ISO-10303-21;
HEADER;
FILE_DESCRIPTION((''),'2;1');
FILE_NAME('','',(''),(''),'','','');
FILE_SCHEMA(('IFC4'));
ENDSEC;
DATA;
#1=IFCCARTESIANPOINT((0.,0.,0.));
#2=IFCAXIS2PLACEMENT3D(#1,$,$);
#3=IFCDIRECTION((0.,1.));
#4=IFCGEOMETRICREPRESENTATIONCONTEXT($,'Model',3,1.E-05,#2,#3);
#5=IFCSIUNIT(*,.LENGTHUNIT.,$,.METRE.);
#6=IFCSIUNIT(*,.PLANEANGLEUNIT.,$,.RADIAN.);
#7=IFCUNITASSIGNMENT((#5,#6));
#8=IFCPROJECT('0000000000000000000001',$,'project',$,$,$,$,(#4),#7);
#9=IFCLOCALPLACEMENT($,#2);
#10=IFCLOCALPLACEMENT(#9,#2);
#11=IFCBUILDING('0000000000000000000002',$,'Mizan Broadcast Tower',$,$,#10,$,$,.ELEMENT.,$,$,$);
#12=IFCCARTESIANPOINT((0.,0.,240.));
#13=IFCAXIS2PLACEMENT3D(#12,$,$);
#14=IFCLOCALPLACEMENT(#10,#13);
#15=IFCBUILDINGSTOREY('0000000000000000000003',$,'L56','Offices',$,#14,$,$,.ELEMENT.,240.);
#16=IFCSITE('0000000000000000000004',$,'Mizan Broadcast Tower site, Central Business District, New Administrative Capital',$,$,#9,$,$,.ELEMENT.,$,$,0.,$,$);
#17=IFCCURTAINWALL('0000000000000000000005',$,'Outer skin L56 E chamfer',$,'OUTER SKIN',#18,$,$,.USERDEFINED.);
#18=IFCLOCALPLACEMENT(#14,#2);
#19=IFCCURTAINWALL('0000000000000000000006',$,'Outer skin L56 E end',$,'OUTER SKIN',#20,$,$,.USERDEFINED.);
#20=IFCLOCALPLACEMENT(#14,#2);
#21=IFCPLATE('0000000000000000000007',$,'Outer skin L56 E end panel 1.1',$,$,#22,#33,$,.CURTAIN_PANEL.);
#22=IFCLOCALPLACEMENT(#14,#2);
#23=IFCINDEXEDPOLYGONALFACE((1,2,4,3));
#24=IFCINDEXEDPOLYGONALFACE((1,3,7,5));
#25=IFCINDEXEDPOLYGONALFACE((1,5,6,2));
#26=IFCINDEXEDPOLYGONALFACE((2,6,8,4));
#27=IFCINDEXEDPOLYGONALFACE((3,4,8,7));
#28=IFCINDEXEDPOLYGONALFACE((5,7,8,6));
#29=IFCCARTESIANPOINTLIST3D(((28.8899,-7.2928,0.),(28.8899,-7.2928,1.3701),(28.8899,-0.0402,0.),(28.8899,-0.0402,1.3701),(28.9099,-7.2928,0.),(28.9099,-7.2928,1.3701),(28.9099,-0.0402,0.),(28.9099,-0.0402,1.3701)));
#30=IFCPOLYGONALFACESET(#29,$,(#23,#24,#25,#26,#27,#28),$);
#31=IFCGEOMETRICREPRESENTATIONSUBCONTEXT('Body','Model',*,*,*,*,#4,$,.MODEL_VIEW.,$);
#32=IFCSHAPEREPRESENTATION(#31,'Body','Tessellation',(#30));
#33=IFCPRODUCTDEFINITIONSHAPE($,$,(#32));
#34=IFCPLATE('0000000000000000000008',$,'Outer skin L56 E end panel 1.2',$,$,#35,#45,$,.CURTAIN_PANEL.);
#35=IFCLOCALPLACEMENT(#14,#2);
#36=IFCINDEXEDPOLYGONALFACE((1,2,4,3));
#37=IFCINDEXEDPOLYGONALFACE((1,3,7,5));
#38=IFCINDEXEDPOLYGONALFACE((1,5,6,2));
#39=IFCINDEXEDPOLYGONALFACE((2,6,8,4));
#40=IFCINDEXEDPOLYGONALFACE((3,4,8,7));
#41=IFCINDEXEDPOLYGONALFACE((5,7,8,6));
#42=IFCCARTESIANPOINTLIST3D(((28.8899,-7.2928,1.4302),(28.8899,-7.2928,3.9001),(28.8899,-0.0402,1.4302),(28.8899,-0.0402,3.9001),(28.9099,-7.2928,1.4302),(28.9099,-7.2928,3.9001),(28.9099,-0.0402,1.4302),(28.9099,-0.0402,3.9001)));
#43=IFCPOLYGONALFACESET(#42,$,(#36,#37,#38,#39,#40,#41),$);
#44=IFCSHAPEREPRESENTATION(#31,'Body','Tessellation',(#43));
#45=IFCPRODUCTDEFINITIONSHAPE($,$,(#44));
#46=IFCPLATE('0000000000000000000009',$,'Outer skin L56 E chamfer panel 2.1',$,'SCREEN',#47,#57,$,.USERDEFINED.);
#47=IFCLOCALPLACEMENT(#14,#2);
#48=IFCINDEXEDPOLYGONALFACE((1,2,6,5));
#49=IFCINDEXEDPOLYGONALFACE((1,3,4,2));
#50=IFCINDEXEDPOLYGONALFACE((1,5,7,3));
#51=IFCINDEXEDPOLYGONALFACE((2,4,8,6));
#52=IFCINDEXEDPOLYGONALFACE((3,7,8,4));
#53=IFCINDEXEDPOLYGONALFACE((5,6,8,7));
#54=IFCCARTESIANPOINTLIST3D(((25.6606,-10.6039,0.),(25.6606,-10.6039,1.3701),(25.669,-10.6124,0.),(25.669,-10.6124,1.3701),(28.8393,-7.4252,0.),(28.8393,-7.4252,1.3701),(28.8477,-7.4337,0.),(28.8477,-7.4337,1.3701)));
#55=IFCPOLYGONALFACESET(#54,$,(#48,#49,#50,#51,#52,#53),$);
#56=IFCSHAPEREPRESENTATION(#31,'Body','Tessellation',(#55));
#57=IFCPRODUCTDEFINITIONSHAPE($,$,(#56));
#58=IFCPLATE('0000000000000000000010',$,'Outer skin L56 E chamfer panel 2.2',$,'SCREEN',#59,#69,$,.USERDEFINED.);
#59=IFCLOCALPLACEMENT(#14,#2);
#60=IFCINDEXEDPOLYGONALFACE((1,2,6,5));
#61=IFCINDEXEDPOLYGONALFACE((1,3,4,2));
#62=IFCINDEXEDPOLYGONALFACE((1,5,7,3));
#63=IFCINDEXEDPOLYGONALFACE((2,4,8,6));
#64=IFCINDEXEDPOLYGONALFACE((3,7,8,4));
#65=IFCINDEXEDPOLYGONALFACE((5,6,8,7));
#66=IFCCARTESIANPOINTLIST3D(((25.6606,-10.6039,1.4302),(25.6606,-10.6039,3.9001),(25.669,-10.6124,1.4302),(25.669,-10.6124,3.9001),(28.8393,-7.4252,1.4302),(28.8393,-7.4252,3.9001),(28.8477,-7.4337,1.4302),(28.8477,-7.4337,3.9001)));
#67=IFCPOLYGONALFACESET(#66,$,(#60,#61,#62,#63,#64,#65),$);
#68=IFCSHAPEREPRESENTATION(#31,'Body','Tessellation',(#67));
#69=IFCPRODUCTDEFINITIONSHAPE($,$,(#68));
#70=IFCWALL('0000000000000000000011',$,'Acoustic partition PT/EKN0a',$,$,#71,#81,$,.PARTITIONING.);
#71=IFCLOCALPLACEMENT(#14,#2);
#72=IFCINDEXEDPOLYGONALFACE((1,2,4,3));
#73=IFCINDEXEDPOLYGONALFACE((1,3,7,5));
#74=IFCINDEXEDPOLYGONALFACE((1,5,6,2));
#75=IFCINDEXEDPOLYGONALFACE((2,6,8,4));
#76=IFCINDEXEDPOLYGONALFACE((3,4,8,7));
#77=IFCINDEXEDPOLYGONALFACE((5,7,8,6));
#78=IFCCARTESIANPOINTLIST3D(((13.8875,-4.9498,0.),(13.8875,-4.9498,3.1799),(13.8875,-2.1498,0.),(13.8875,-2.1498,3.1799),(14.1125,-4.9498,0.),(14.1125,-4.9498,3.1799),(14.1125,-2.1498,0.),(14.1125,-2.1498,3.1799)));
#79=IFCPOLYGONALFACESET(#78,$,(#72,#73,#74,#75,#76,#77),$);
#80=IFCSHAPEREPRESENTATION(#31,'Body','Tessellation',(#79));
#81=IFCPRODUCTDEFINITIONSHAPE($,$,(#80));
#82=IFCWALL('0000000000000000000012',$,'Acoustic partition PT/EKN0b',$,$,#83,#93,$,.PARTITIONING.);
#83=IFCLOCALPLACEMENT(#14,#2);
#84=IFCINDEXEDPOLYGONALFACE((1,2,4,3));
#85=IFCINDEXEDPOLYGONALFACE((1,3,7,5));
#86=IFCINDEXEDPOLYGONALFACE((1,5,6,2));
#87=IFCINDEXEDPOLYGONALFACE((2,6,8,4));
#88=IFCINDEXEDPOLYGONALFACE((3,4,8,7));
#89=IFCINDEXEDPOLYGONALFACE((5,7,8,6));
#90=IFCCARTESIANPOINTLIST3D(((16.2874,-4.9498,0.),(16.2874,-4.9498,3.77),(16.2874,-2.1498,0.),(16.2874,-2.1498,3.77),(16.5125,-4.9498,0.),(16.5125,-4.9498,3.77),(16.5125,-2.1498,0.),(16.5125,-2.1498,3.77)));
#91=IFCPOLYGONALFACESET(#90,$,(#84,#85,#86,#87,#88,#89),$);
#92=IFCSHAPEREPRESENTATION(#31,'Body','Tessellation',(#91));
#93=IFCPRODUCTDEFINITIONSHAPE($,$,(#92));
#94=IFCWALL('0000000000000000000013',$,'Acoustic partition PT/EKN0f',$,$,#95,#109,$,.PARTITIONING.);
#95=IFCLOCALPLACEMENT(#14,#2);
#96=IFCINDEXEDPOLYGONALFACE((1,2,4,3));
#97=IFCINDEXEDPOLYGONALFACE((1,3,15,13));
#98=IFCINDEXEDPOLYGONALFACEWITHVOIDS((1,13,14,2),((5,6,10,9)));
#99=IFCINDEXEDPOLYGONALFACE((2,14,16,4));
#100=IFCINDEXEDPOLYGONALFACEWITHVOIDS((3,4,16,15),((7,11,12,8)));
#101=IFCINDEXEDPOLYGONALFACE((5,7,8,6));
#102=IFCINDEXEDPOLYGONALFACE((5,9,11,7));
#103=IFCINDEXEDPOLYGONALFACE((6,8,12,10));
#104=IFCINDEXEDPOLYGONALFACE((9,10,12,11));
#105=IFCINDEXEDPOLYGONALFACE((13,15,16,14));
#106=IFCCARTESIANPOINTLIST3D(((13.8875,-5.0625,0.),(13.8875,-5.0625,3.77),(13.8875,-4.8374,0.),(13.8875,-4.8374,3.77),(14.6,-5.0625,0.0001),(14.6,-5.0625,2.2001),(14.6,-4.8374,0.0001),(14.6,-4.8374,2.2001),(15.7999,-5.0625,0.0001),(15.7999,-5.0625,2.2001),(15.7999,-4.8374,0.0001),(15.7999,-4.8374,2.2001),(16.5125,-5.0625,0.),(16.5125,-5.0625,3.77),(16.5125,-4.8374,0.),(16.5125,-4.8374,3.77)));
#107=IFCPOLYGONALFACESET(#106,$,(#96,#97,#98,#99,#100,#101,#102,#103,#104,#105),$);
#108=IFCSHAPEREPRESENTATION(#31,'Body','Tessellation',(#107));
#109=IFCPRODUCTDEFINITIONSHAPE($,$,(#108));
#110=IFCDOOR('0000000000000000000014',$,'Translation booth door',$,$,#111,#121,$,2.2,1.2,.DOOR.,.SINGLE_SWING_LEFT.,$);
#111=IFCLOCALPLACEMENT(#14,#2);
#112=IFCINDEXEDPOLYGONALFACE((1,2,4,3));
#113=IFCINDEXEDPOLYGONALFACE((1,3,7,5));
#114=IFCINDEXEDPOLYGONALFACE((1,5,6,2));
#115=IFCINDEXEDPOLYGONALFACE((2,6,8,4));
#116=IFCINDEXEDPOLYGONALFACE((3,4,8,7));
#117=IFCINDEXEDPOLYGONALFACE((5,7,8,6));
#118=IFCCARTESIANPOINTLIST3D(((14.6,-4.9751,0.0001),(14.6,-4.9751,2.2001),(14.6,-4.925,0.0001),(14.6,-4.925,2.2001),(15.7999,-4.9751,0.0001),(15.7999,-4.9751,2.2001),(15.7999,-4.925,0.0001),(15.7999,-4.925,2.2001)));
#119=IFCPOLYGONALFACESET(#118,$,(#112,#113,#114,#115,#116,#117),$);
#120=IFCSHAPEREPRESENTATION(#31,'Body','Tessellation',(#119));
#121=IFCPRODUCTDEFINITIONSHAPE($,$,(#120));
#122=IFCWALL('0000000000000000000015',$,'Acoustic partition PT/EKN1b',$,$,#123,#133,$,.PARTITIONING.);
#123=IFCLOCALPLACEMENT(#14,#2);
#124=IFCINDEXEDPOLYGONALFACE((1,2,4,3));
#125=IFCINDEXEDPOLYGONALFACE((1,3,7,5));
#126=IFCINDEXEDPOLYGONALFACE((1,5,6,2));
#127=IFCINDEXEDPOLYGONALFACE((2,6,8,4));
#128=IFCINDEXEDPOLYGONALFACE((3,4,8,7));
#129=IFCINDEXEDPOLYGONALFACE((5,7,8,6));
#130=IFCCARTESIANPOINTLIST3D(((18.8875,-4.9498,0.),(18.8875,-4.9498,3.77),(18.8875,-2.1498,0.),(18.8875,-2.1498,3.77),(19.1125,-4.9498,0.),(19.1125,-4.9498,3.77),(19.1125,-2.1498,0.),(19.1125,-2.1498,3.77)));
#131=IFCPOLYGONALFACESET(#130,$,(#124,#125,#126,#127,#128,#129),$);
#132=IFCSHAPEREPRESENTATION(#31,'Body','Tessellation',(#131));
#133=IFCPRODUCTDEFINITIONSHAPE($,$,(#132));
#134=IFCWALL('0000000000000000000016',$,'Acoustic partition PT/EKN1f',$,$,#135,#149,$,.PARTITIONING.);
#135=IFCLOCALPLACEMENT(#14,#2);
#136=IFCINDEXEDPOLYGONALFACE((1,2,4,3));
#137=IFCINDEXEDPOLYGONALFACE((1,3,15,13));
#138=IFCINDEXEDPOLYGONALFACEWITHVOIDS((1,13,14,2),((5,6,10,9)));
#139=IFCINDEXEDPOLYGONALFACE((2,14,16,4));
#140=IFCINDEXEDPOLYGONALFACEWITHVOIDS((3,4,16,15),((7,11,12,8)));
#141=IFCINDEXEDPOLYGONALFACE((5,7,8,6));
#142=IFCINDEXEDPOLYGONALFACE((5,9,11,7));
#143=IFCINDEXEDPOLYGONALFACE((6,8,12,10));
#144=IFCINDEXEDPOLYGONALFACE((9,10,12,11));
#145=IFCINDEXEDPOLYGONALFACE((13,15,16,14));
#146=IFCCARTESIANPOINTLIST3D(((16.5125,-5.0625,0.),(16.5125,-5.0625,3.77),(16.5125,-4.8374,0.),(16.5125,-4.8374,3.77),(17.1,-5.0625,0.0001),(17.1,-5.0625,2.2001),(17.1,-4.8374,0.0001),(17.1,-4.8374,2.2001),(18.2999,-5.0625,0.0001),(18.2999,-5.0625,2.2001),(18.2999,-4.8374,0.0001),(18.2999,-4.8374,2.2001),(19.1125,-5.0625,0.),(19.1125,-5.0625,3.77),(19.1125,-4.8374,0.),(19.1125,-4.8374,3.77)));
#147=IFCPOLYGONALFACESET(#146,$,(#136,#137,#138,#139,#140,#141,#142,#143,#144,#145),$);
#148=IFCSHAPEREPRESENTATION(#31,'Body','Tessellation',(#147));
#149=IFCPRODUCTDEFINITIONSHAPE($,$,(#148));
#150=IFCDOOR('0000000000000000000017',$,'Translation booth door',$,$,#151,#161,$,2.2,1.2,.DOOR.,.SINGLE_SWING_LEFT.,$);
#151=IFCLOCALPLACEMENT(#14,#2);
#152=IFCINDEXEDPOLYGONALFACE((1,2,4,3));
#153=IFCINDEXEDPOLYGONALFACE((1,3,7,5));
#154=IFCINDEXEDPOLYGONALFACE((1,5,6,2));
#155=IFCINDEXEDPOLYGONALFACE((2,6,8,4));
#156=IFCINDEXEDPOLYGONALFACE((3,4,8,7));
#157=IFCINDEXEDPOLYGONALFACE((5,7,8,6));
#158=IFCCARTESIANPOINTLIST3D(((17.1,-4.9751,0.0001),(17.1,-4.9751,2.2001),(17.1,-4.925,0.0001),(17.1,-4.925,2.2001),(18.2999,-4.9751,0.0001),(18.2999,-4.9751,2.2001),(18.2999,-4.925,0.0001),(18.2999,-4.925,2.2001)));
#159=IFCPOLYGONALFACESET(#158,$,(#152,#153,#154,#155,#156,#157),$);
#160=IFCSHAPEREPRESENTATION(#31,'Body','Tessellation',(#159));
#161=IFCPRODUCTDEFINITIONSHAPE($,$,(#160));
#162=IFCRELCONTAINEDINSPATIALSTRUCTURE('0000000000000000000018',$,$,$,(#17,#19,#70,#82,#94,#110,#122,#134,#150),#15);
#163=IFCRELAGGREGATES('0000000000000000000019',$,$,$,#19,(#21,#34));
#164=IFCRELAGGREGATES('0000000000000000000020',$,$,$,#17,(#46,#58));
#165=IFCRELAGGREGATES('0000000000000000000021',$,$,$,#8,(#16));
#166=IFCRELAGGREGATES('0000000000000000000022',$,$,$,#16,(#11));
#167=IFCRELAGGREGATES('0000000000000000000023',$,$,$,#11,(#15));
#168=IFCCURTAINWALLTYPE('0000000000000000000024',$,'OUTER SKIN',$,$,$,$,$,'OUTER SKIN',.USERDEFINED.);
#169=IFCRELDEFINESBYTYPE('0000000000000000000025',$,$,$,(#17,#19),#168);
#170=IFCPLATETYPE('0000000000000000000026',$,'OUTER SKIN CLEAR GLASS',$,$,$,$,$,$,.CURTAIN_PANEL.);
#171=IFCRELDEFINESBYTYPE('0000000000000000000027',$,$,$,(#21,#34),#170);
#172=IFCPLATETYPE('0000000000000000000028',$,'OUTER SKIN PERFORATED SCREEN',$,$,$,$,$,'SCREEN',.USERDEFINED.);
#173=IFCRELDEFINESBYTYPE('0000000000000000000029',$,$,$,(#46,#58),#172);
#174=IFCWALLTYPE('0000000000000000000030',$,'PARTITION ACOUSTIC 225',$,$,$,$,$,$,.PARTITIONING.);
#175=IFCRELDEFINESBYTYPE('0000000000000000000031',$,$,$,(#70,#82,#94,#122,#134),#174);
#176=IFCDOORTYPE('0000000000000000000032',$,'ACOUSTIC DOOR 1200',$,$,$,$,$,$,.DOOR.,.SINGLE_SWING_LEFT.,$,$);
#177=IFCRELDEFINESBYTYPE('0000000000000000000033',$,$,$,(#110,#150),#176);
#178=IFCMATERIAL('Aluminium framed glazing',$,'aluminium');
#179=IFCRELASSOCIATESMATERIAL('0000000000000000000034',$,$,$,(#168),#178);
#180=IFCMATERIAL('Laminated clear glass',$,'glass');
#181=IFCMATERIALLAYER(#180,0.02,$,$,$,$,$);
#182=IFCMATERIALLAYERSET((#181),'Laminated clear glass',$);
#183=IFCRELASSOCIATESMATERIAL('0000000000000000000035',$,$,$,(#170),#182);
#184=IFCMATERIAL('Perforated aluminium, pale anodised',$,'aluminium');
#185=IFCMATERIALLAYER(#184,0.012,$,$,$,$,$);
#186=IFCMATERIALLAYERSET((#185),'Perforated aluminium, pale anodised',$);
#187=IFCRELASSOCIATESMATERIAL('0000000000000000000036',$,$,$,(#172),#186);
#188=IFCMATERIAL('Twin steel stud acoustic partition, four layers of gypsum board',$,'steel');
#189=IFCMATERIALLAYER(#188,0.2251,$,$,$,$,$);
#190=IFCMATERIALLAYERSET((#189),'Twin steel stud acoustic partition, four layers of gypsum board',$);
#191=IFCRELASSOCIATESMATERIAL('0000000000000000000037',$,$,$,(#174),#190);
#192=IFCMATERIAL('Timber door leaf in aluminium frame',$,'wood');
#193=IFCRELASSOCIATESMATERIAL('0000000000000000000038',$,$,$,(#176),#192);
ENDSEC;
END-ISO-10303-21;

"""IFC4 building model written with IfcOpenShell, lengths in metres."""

from ifc_helpers import new_model, si_unit, direction, frame, frame_2d, origin, origin_2d, place, context, subcontext, project, spatial, rectangle, extrude, material, layer, layer_set, type_object, element, fill, aggregate, save


model = new_model("IFC4")

# Units and contexts
model_context = context("Model", 3, precision=1e-05, world=origin(), true_north=direction((0.0, 1.0)))
body_context = subcontext(model_context, "Body", "Model", "MODEL_VIEW")
ifc_project = project(units=[si_unit("LENGTHUNIT", "METRE"), si_unit("PLANEANGLEUNIT", "RADIAN")], contexts=[model_context])

# Site, building, storey
site_placement = place(None, origin())
site = spatial("IfcSite", under=ifc_project, at=site_placement, Name="Mizan Broadcast Tower site, Central Business District, New Administrative Capital", CompositionType="ELEMENT", RefElevation=0.0)
building_placement = place(site_placement, origin())
building = spatial("IfcBuilding", under=site, at=building_placement, Name="Mizan Broadcast Tower", CompositionType="ELEMENT")
storey_placement = place(building_placement, frame((0.0, 0.0, 240.0)))
storey = spatial("IfcBuildingStorey", under=building, at=storey_placement, Name="L56", Description="Offices", CompositionType="ELEMENT", Elevation=240.0)

# Curtain wall
ifc_material_1 = material(Name="Aluminium framed glazing", Category="aluminium")
curtain_wall_type_1 = type_object("IfcCurtainWallType", Name="OUTER SKIN", ElementType="OUTER SKIN", PredefinedType="USERDEFINED", material=ifc_material_1)
curtain_wall_1_placement = place(storey_placement, origin())
curtain_wall_1 = element("IfcCurtainWall", 1, at=curtain_wall_1_placement, inside=storey, type_object=curtain_wall_type_1, Name="Outer skin L56 E chamfer", ObjectType="OUTER SKIN", PredefinedType="USERDEFINED")

# Curtain wall
curtain_wall_2_placement = place(storey_placement, origin())
curtain_wall_2 = element("IfcCurtainWall", 2, at=curtain_wall_2_placement, inside=storey, type_object=curtain_wall_type_1, Name="Outer skin L56 E end", ObjectType="OUTER SKIN", PredefinedType="USERDEFINED")

# Plates
ifc_material_2 = material(Name="Laminated clear glass", Category="glass")
ifc_layer_1 = layer(ifc_material_2, 0.02)
ifc_layer_set_1 = layer_set([ifc_layer_1], Name="Laminated clear glass")
plate_type_1 = type_object("IfcPlateType", Name="OUTER SKIN CLEAR GLASS", PredefinedType="CURTAIN_PANEL", material=ifc_layer_set_1)
plate_1_placement = place(storey_placement, frame((28.8999, -3.6665, 0.0), z_axis=(0.0, 0.0, 1.0), x_axis=(0.0, 1.0, 0.0)))
plate_1 = element("IfcPlate", 3, at=plate_1_placement, type_object=plate_type_1, Name="Outer skin L56 E end panel 1.1", PredefinedType="CURTAIN_PANEL", context=body_context, shape_type="SweptSolid", body=[
    extrude(rectangle(XDim=7.2527, YDim=0.02, at=origin_2d()), origin(), (0.0, 0.0, 1.0), 1.3701),
])
plate_2_placement = place(storey_placement, frame((28.8999, -3.6665, 1.4302), z_axis=(0.0, 0.0, 1.0), x_axis=(0.0, 1.0, 0.0)))
plate_2 = element("IfcPlate", 4, at=plate_2_placement, type_object=plate_type_1, Name="Outer skin L56 E end panel 1.2", PredefinedType="CURTAIN_PANEL", context=body_context, shape_type="SweptSolid", body=[
    extrude(rectangle(XDim=7.2527, YDim=0.02, at=origin_2d()), origin(), (0.0, 0.0, 1.0), 2.47),
])
aggregate(curtain_wall_2, [plate_1, plate_2])
ifc_material_3 = material(Name="Perforated aluminium, pale anodised", Category="aluminium")
ifc_layer_2 = layer(ifc_material_3, 0.012)
ifc_layer_set_2 = layer_set([ifc_layer_2], Name="Perforated aluminium, pale anodised")
plate_type_2 = type_object("IfcPlateType", Name="OUTER SKIN PERFORATED SCREEN", ElementType="SCREEN", PredefinedType="USERDEFINED", material=ifc_layer_set_2)
plate_3_placement = place(storey_placement, frame((27.2542, -9.0188, 0.0), z_axis=(0.0, 0.0, 1.0), x_axis=(0.707107, 0.707107, 0.0)))
plate_3 = element("IfcPlate", 5, at=plate_3_placement, type_object=plate_type_2, Name="Outer skin L56 E chamfer panel 2.1", ObjectType="SCREEN", PredefinedType="USERDEFINED", context=body_context, shape_type="SweptSolid", body=[
    extrude(rectangle(XDim=4.4954, YDim=0.012, at=origin_2d()), origin(), (0.0, 0.0, 1.0), 1.3701),
])
plate_4_placement = place(storey_placement, frame((27.2542, -9.0188, 1.4302), z_axis=(0.0, 0.0, 1.0), x_axis=(0.707107, 0.707107, 0.0)))
plate_4 = element("IfcPlate", 6, at=plate_4_placement, type_object=plate_type_2, Name="Outer skin L56 E chamfer panel 2.2", ObjectType="SCREEN", PredefinedType="USERDEFINED", context=body_context, shape_type="SweptSolid", body=[
    extrude(rectangle(XDim=4.4954, YDim=0.012, at=origin_2d()), origin(), (0.0, 0.0, 1.0), 2.47),
])
aggregate(curtain_wall_1, [plate_3, plate_4])

# Walls
ifc_material_4 = material(Name="Twin steel stud acoustic partition, four layers of gypsum board", Category="steel")
ifc_layer_3 = layer(ifc_material_4, 0.2251)
ifc_layer_set_3 = layer_set([ifc_layer_3], Name="Twin steel stud acoustic partition, four layers of gypsum board")
wall_type = type_object("IfcWallType", Name="PARTITION ACOUSTIC 225", PredefinedType="PARTITIONING", material=ifc_layer_set_3)
wall_1_placement = place(storey_placement, frame((14.0, -2.1499, 0.0), z_axis=(0.0, 0.0, 1.0), x_axis=(0.0, -1.0, 0.0)))
element("IfcWall", 7, at=wall_1_placement, inside=storey, type_object=wall_type, Name="Acoustic partition PT/EKN0a", PredefinedType="PARTITIONING", context=body_context, shape_type="SweptSolid", body=[
    extrude(rectangle(XDim=2.8, YDim=0.2251, at=frame_2d((1.3999, 0.0))), origin(), (0.0, 0.0, 1.0), 3.1799),
])
wall_2_placement = place(storey_placement, frame((16.3999, -2.1499, 0.0), z_axis=(0.0, 0.0, 1.0), x_axis=(0.0, -1.0, 0.0)))
element("IfcWall", 8, at=wall_2_placement, inside=storey, type_object=wall_type, Name="Acoustic partition PT/EKN0b", PredefinedType="PARTITIONING", context=body_context, shape_type="SweptSolid", body=[
    extrude(rectangle(XDim=2.8, YDim=0.2251, at=frame_2d((1.3999, 0.0))), origin(), (0.0, 0.0, 1.0), 3.77),
])

# Wall, opening, door
wall_3_placement = place(storey_placement, frame((13.8875, -4.95, 0.0), z_axis=(0.0, 0.0, 1.0), x_axis=(1.0, 0.0, 0.0)))
wall_3 = element("IfcWall", 9, at=wall_3_placement, inside=storey, type_object=wall_type, Name="Acoustic partition PT/EKN0f", PredefinedType="PARTITIONING", context=body_context, shape_type="SweptSolid", body=[
    extrude(rectangle(XDim=2.625, YDim=0.2251, at=frame_2d((1.3125, 0.0))), origin(), (0.0, 0.0, 1.0), 3.77),
])
opening_1_placement = place(wall_3_placement, frame((0.7124, 0.0, 0.0)))
opening_1 = element("IfcOpeningElement", 10, at=opening_1_placement, cuts=wall_3, PredefinedType="OPENING", context=body_context, shape_type="SweptSolid", body=[
    extrude(rectangle(XDim=1.2, YDim=2.2, at=frame_2d((0.6001, 1.1001))), frame((0.0, 0.1226, 0.0), z_axis=(0.0, -1.0, 0.0), x_axis=(1.0, 0.0, 0.0)), (0.0, 0.0, 1.0), 0.2451),
])
ifc_material_5 = material(Name="Timber door leaf in aluminium frame", Category="wood")
door_type = type_object("IfcDoorType", Name="ACOUSTIC DOOR 1200", OperationType="SINGLE_SWING_LEFT", PredefinedType="DOOR", material=ifc_material_5)
door_1_placement = place(opening_1_placement, origin())
door_1 = element("IfcDoor", 11, at=door_1_placement, inside=storey, type_object=door_type, Name="Translation booth door", OperationType="SINGLE_SWING_LEFT", OverallHeight=2.2, OverallWidth=1.2, PredefinedType="DOOR", context=body_context, shape_type="SweptSolid", body=[
    extrude(rectangle(XDim=1.2, YDim=2.2, at=frame_2d((0.6001, 1.1001))), frame((0.0, 0.0249, 0.0), z_axis=(0.0, -1.0, 0.0), x_axis=(1.0, 0.0, 0.0)), (0.0, 0.0, 1.0), 0.05),
])
fill(opening_1, door_1)

# Wall
wall_4_placement = place(storey_placement, frame((19.0, -2.1499, 0.0), z_axis=(0.0, 0.0, 1.0), x_axis=(0.0, -1.0, 0.0)))
element("IfcWall", 12, at=wall_4_placement, inside=storey, type_object=wall_type, Name="Acoustic partition PT/EKN1b", PredefinedType="PARTITIONING", context=body_context, shape_type="SweptSolid", body=[
    extrude(rectangle(XDim=2.8, YDim=0.2251, at=frame_2d((1.3999, 0.0))), origin(), (0.0, 0.0, 1.0), 3.77),
])

# Wall, opening, door
wall_5_placement = place(storey_placement, frame((16.5125, -4.95, 0.0), z_axis=(0.0, 0.0, 1.0), x_axis=(1.0, 0.0, 0.0)))
wall_5 = element("IfcWall", 13, at=wall_5_placement, inside=storey, type_object=wall_type, Name="Acoustic partition PT/EKN1f", PredefinedType="PARTITIONING", context=body_context, shape_type="SweptSolid", body=[
    extrude(rectangle(XDim=2.6001, YDim=0.2251, at=frame_2d((1.3, 0.0))), origin(), (0.0, 0.0, 1.0), 3.77),
])
opening_2_placement = place(wall_5_placement, frame((0.5874, 0.0, 0.0)))
opening_2 = element("IfcOpeningElement", 14, at=opening_2_placement, cuts=wall_5, PredefinedType="OPENING", context=body_context, shape_type="SweptSolid", body=[
    extrude(rectangle(XDim=1.2, YDim=2.2, at=frame_2d((0.6001, 1.1001))), frame((0.0, 0.1226, 0.0), z_axis=(0.0, -1.0, 0.0), x_axis=(1.0, 0.0, 0.0)), (0.0, 0.0, 1.0), 0.2451),
])
door_2_placement = place(opening_2_placement, origin())
door_2 = element("IfcDoor", 15, at=door_2_placement, inside=storey, type_object=door_type, Name="Translation booth door", OperationType="SINGLE_SWING_LEFT", OverallHeight=2.2, OverallWidth=1.2, PredefinedType="DOOR", context=body_context, shape_type="SweptSolid", body=[
    extrude(rectangle(XDim=1.2, YDim=2.2, at=frame_2d((0.6001, 1.1001))), frame((0.0, 0.0249, 0.0), z_axis=(0.0, -1.0, 0.0), x_axis=(1.0, 0.0, 0.0)), (0.0, 0.0, 1.0), 0.05),
])
fill(opening_2, door_2)

save(model, "model.ifc")
